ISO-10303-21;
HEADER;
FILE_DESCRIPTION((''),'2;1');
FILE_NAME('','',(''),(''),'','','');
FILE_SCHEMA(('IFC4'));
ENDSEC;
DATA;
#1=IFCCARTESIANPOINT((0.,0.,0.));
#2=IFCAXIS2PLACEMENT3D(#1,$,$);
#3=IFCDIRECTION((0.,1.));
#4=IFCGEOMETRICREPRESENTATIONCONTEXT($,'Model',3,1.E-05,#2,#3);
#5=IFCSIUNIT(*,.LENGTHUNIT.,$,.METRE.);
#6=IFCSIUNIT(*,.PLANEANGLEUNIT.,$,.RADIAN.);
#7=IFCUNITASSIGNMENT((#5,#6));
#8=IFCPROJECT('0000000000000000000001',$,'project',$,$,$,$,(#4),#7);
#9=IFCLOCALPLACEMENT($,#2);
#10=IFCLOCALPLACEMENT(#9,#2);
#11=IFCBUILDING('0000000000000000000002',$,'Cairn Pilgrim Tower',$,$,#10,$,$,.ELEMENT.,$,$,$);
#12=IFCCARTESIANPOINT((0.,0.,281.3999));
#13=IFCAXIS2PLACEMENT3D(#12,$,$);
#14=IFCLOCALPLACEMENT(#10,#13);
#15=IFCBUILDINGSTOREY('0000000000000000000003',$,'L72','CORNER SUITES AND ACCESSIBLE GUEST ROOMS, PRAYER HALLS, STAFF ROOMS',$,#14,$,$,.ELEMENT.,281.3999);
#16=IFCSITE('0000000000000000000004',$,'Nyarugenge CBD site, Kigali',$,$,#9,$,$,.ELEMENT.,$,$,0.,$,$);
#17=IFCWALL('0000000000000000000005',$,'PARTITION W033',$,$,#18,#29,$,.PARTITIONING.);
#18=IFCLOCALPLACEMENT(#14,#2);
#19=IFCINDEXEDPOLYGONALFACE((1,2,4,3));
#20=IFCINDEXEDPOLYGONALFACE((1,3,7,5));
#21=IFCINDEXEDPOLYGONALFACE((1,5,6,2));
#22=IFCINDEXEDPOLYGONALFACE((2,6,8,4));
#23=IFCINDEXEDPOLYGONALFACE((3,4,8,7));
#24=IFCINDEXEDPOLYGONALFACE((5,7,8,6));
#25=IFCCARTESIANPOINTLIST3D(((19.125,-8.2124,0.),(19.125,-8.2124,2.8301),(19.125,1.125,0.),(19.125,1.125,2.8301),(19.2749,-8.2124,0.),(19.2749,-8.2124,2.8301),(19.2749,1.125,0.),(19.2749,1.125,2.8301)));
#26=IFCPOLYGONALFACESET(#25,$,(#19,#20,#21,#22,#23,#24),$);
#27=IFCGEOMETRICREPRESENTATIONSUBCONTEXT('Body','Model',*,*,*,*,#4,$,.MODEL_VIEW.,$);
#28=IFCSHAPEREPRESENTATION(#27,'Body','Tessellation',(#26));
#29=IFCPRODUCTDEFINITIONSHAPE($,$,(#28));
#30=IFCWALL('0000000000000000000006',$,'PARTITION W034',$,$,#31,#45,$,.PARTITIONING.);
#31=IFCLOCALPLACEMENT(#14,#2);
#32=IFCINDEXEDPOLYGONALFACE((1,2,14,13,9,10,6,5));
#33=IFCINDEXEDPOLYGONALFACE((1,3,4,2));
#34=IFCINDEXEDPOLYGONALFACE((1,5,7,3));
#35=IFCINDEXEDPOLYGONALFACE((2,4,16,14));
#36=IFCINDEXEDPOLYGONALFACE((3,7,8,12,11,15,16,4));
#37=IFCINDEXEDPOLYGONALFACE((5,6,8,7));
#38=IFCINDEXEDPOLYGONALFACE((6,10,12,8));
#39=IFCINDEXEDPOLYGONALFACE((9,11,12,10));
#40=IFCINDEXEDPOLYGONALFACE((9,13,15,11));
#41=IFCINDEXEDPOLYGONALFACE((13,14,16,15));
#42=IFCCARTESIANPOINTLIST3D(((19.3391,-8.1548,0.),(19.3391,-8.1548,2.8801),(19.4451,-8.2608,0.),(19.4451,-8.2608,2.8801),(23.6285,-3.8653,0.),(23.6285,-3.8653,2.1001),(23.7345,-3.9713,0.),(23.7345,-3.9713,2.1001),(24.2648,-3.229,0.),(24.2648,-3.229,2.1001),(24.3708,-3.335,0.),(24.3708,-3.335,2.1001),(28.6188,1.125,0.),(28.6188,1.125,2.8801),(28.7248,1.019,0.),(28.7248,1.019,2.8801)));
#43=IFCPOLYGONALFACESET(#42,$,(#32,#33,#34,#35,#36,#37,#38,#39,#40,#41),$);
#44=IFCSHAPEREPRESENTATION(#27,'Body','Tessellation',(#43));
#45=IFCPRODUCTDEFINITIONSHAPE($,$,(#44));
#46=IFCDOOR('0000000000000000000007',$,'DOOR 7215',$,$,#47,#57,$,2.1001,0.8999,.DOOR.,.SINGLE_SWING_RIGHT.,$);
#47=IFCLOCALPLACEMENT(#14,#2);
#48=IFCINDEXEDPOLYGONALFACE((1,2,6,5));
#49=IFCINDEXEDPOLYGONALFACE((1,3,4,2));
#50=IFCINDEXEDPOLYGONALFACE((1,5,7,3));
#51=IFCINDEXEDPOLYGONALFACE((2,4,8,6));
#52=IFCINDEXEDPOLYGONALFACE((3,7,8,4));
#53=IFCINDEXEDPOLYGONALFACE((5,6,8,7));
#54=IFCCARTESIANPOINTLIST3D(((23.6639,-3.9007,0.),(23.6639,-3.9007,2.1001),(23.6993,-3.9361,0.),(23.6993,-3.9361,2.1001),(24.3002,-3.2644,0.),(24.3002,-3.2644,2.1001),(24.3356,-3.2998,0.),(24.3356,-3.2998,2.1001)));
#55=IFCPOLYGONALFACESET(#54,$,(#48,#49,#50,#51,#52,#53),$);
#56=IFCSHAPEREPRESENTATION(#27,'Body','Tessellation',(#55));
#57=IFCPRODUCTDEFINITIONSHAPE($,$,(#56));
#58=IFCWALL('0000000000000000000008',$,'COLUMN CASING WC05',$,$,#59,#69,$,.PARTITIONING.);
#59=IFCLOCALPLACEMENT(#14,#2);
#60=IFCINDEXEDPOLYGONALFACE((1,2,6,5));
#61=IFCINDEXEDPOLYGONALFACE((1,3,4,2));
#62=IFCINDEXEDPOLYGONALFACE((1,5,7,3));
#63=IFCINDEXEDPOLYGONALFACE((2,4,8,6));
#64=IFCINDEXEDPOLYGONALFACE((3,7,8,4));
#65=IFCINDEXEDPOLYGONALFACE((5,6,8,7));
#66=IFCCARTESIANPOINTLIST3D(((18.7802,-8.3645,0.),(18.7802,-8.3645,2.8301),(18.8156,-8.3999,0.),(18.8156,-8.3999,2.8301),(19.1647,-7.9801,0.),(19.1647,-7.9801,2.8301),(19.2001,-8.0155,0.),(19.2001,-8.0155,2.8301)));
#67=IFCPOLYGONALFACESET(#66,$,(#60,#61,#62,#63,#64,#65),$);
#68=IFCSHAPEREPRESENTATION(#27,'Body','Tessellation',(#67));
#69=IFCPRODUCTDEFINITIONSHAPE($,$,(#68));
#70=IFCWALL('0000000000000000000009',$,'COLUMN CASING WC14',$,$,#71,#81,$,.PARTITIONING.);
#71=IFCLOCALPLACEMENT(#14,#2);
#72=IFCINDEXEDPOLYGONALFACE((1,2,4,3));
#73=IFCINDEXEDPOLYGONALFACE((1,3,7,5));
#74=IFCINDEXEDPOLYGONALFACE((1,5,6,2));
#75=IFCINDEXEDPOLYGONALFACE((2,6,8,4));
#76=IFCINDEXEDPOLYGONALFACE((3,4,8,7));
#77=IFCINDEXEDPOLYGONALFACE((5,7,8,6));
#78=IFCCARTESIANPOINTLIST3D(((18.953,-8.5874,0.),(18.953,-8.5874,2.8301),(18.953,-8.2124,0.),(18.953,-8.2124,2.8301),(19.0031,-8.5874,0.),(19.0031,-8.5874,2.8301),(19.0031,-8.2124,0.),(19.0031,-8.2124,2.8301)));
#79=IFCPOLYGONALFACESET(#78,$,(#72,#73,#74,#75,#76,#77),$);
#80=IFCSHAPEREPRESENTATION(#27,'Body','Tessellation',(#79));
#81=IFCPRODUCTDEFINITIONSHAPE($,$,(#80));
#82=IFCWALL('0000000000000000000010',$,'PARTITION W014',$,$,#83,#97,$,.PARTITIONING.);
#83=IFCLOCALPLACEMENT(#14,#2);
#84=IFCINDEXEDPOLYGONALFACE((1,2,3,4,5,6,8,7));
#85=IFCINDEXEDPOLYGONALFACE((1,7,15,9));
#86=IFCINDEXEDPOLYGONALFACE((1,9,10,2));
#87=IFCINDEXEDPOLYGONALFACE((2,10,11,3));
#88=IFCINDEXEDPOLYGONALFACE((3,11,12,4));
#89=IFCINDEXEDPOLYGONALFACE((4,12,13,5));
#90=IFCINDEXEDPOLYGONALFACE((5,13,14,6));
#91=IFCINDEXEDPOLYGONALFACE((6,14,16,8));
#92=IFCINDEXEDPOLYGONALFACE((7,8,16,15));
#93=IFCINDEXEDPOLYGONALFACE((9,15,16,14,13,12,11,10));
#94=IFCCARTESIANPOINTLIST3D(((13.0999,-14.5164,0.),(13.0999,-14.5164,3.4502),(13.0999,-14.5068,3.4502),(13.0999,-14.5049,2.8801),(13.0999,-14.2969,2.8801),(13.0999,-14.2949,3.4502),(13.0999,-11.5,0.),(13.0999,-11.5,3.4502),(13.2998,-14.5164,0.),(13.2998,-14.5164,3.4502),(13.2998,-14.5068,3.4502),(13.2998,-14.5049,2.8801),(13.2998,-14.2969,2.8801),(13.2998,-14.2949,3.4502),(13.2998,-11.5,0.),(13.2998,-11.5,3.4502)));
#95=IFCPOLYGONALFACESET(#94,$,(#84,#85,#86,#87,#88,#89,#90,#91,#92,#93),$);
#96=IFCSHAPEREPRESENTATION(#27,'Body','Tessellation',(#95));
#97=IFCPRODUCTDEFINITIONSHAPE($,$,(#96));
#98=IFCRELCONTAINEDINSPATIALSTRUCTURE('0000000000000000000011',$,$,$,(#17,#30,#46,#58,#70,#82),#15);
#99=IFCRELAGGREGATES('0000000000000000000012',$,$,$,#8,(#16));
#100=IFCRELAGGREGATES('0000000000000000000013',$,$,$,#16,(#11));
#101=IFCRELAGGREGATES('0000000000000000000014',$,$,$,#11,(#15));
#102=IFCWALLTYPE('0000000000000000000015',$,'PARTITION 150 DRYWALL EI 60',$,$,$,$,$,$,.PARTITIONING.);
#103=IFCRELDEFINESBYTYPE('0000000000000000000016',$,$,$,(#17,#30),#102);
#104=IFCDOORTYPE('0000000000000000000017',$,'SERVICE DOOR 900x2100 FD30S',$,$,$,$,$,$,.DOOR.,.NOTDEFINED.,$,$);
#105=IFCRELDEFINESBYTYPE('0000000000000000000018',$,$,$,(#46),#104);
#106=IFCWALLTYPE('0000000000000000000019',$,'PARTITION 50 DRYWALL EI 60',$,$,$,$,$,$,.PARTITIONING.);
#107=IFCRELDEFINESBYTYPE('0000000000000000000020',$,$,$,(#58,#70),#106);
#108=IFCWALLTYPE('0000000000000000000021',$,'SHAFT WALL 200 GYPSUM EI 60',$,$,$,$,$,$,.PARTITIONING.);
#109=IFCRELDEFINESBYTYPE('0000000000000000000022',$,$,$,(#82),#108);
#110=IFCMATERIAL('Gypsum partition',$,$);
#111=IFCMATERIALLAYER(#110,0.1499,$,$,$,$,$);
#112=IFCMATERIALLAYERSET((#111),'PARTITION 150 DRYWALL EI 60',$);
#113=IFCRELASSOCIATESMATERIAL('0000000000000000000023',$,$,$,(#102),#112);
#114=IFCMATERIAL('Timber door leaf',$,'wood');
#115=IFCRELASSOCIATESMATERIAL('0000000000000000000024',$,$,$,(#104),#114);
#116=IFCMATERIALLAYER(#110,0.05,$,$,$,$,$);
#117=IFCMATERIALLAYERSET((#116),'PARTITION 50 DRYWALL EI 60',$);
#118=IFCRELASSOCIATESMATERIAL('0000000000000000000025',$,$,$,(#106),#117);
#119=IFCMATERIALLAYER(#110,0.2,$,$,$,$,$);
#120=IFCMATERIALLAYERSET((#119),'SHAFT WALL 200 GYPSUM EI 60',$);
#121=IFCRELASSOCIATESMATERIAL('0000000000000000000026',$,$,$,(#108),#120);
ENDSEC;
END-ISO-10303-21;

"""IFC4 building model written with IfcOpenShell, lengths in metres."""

from ifc_helpers import new_model, si_unit, direction, frame, frame_2d, origin, place, context, subcontext, project, spatial, polyline, rectangle, outline, extrude, material, layer, layer_set, type_object, element, fill, save


model = new_model("IFC4")

# Units and contexts
model_context = context("Model", 3, precision=1e-05, world=origin(), true_north=direction((0.0, 1.0)))
body_context = subcontext(model_context, "Body", "Model", "MODEL_VIEW")
ifc_project = project(units=[si_unit("LENGTHUNIT", "METRE"), si_unit("PLANEANGLEUNIT", "RADIAN")], contexts=[model_context])

# Site, building, storey
site_placement = place(None, origin())
site = spatial("IfcSite", under=ifc_project, at=site_placement, Name="Nyarugenge CBD site, Kigali", CompositionType="ELEMENT", RefElevation=0.0)
building_placement = place(site_placement, origin())
building = spatial("IfcBuilding", under=site, at=building_placement, Name="Cairn Pilgrim Tower", CompositionType="ELEMENT")
storey_placement = place(building_placement, frame((0.0, 0.0, 281.3999)))
storey = spatial("IfcBuildingStorey", under=building, at=storey_placement, Name="L72", Description="CORNER SUITES AND ACCESSIBLE GUEST ROOMS, PRAYER HALLS, STAFF ROOMS", CompositionType="ELEMENT", Elevation=281.3999)

# Shared definitions
ifc_material_1 = material(Name="Gypsum partition")
ifc_layer_1 = layer(ifc_material_1, 0.1499)
ifc_layer_set_1 = layer_set([ifc_layer_1], Name="PARTITION 150 DRYWALL EI 60")
wall_type_1 = type_object("IfcWallType", Name="PARTITION 150 DRYWALL EI 60", PredefinedType="PARTITIONING", material=ifc_layer_set_1)
ifc_material_2 = material(Name="Timber door leaf", Category="wood")
door_type_1 = type_object("IfcDoorType", Name="SERVICE DOOR 900x2100 FD30S", OperationType="NOTDEFINED", PredefinedType="DOOR", material=ifc_material_2)

# Wall
wall_1_placement = place(storey_placement, frame((19.2, -8.2124, 0.0), z_axis=(0.0, 0.0, 1.0), x_axis=(0.0, 1.0, 0.0)))
element("IfcWall", 1, at=wall_1_placement, inside=storey, type_object=wall_type_1, Name="PARTITION W033", PredefinedType="PARTITIONING", context=body_context, shape_type="SweptSolid", body=[
    extrude(rectangle(XDim=9.3374, YDim=0.1499, at=frame_2d((4.6687, 0.0))), origin(), (0.0, 0.0, 1.0), 2.8301),
])

# Wall, opening, door
wall_2_placement = place(storey_placement, frame((19.3921, -8.2078, 0.0), z_axis=(0.0, 0.0, 1.0), x_axis=(0.707107, 0.707107, 0.0)))
wall_2 = element("IfcWall", 2, at=wall_2_placement, inside=storey, type_object=wall_type_1, Name="PARTITION W034", PredefinedType="PARTITIONING", context=body_context, shape_type="SweptSolid", body=[
    extrude(rectangle(XDim=13.1235, YDim=0.1499, at=frame_2d((6.5618, 0.0))), origin(), (0.0, 0.0, 1.0), 2.8801),
])
opening_1_placement = place(wall_2_placement, frame((6.0662, 0.0, 0.0)))
opening_1 = element("IfcOpeningElement", 3, at=opening_1_placement, cuts=wall_2, PredefinedType="OPENING", context=body_context, shape_type="SweptSolid", body=[
    extrude(rectangle(XDim=0.8999, YDim=2.1001, at=frame_2d((0.45, 1.05))), frame((0.0, 0.085, 0.0), z_axis=(0.0, -1.0, 0.0), x_axis=(1.0, 0.0, 0.0)), (0.0, 0.0, 1.0), 0.1699),
])
door_1_placement = place(opening_1_placement, origin())
door_1 = element("IfcDoor", 4, at=door_1_placement, inside=storey, type_object=door_type_1, Name="DOOR 7215", OperationType="SINGLE_SWING_RIGHT", OverallHeight=2.1001, OverallWidth=0.8999, PredefinedType="DOOR", context=body_context, shape_type="SweptSolid", body=[
    extrude(rectangle(XDim=0.8999, YDim=2.1001, at=frame_2d((0.45, 1.05))), frame((0.0, 0.0249, 0.0), z_axis=(0.0, -1.0, 0.0), x_axis=(1.0, 0.0, 0.0)), (0.0, 0.0, 1.0), 0.05),
])
fill(opening_1, door_1)

# Walls
ifc_layer_2 = layer(ifc_material_1, 0.05)
ifc_layer_set_2 = layer_set([ifc_layer_2], Name="PARTITION 50 DRYWALL EI 60")
wall_type_2 = type_object("IfcWallType", Name="PARTITION 50 DRYWALL EI 60", PredefinedType="PARTITIONING", material=ifc_layer_set_2)
wall_3_placement = place(storey_placement, frame((18.7979, -8.3823, 0.0), z_axis=(0.0, 0.0, 1.0), x_axis=(0.707107, 0.707107, 0.0)))
element("IfcWall", 5, at=wall_3_placement, inside=storey, type_object=wall_type_2, Name="COLUMN CASING WC05", PredefinedType="PARTITIONING", context=body_context, shape_type="SweptSolid", body=[
    extrude(rectangle(XDim=0.5437, YDim=0.05, at=frame_2d((0.272, 0.0))), origin(), (0.0, 0.0, 1.0), 2.8301),
])
wall_4_placement = place(storey_placement, frame((18.978, -8.5874, 0.0), z_axis=(0.0, 0.0, 1.0), x_axis=(0.0, 1.0, 0.0)))
element("IfcWall", 6, at=wall_4_placement, inside=storey, type_object=wall_type_2, Name="COLUMN CASING WC14", PredefinedType="PARTITIONING", context=body_context, shape_type="SweptSolid", body=[
    extrude(rectangle(XDim=0.375, YDim=0.05, at=frame_2d((0.1875, 0.0))), origin(), (0.0, 0.0, 1.0), 2.8301),
])
ifc_layer_3 = layer(ifc_material_1, 0.2)
ifc_layer_set_3 = layer_set([ifc_layer_3], Name="SHAFT WALL 200 GYPSUM EI 60")
wall_type_3 = type_object("IfcWallType", Name="SHAFT WALL 200 GYPSUM EI 60", PredefinedType="PARTITIONING", material=ifc_layer_set_3)
wall_5_placement = place(storey_placement, frame((13.2, -14.5164, 0.0), z_axis=(0.0, 0.0, 1.0), x_axis=(0.0, 1.0, 0.0)))
element("IfcWall", 7, at=wall_5_placement, inside=storey, type_object=wall_type_3, Name="PARTITION W014", PredefinedType="PARTITIONING", context=body_context, shape_type="SweptSolid", body=[
    extrude(outline(polyline([(0.0, 0.0), (3.0164, 0.0), (3.0164, 3.4502), (0.2214, 3.4502), (0.2195, 2.8801), (0.0115, 2.8801), (0.0095, 3.4502), (0.0, 3.4502), (0.0, 0.0)])), frame((0.0, 0.1001, 0.0), z_axis=(0.0, -1.0, 0.0), x_axis=(1.0, 0.0, 0.0)), (0.0, 0.0, 1.0), 0.2),
])

save(model, "model.ifc")
